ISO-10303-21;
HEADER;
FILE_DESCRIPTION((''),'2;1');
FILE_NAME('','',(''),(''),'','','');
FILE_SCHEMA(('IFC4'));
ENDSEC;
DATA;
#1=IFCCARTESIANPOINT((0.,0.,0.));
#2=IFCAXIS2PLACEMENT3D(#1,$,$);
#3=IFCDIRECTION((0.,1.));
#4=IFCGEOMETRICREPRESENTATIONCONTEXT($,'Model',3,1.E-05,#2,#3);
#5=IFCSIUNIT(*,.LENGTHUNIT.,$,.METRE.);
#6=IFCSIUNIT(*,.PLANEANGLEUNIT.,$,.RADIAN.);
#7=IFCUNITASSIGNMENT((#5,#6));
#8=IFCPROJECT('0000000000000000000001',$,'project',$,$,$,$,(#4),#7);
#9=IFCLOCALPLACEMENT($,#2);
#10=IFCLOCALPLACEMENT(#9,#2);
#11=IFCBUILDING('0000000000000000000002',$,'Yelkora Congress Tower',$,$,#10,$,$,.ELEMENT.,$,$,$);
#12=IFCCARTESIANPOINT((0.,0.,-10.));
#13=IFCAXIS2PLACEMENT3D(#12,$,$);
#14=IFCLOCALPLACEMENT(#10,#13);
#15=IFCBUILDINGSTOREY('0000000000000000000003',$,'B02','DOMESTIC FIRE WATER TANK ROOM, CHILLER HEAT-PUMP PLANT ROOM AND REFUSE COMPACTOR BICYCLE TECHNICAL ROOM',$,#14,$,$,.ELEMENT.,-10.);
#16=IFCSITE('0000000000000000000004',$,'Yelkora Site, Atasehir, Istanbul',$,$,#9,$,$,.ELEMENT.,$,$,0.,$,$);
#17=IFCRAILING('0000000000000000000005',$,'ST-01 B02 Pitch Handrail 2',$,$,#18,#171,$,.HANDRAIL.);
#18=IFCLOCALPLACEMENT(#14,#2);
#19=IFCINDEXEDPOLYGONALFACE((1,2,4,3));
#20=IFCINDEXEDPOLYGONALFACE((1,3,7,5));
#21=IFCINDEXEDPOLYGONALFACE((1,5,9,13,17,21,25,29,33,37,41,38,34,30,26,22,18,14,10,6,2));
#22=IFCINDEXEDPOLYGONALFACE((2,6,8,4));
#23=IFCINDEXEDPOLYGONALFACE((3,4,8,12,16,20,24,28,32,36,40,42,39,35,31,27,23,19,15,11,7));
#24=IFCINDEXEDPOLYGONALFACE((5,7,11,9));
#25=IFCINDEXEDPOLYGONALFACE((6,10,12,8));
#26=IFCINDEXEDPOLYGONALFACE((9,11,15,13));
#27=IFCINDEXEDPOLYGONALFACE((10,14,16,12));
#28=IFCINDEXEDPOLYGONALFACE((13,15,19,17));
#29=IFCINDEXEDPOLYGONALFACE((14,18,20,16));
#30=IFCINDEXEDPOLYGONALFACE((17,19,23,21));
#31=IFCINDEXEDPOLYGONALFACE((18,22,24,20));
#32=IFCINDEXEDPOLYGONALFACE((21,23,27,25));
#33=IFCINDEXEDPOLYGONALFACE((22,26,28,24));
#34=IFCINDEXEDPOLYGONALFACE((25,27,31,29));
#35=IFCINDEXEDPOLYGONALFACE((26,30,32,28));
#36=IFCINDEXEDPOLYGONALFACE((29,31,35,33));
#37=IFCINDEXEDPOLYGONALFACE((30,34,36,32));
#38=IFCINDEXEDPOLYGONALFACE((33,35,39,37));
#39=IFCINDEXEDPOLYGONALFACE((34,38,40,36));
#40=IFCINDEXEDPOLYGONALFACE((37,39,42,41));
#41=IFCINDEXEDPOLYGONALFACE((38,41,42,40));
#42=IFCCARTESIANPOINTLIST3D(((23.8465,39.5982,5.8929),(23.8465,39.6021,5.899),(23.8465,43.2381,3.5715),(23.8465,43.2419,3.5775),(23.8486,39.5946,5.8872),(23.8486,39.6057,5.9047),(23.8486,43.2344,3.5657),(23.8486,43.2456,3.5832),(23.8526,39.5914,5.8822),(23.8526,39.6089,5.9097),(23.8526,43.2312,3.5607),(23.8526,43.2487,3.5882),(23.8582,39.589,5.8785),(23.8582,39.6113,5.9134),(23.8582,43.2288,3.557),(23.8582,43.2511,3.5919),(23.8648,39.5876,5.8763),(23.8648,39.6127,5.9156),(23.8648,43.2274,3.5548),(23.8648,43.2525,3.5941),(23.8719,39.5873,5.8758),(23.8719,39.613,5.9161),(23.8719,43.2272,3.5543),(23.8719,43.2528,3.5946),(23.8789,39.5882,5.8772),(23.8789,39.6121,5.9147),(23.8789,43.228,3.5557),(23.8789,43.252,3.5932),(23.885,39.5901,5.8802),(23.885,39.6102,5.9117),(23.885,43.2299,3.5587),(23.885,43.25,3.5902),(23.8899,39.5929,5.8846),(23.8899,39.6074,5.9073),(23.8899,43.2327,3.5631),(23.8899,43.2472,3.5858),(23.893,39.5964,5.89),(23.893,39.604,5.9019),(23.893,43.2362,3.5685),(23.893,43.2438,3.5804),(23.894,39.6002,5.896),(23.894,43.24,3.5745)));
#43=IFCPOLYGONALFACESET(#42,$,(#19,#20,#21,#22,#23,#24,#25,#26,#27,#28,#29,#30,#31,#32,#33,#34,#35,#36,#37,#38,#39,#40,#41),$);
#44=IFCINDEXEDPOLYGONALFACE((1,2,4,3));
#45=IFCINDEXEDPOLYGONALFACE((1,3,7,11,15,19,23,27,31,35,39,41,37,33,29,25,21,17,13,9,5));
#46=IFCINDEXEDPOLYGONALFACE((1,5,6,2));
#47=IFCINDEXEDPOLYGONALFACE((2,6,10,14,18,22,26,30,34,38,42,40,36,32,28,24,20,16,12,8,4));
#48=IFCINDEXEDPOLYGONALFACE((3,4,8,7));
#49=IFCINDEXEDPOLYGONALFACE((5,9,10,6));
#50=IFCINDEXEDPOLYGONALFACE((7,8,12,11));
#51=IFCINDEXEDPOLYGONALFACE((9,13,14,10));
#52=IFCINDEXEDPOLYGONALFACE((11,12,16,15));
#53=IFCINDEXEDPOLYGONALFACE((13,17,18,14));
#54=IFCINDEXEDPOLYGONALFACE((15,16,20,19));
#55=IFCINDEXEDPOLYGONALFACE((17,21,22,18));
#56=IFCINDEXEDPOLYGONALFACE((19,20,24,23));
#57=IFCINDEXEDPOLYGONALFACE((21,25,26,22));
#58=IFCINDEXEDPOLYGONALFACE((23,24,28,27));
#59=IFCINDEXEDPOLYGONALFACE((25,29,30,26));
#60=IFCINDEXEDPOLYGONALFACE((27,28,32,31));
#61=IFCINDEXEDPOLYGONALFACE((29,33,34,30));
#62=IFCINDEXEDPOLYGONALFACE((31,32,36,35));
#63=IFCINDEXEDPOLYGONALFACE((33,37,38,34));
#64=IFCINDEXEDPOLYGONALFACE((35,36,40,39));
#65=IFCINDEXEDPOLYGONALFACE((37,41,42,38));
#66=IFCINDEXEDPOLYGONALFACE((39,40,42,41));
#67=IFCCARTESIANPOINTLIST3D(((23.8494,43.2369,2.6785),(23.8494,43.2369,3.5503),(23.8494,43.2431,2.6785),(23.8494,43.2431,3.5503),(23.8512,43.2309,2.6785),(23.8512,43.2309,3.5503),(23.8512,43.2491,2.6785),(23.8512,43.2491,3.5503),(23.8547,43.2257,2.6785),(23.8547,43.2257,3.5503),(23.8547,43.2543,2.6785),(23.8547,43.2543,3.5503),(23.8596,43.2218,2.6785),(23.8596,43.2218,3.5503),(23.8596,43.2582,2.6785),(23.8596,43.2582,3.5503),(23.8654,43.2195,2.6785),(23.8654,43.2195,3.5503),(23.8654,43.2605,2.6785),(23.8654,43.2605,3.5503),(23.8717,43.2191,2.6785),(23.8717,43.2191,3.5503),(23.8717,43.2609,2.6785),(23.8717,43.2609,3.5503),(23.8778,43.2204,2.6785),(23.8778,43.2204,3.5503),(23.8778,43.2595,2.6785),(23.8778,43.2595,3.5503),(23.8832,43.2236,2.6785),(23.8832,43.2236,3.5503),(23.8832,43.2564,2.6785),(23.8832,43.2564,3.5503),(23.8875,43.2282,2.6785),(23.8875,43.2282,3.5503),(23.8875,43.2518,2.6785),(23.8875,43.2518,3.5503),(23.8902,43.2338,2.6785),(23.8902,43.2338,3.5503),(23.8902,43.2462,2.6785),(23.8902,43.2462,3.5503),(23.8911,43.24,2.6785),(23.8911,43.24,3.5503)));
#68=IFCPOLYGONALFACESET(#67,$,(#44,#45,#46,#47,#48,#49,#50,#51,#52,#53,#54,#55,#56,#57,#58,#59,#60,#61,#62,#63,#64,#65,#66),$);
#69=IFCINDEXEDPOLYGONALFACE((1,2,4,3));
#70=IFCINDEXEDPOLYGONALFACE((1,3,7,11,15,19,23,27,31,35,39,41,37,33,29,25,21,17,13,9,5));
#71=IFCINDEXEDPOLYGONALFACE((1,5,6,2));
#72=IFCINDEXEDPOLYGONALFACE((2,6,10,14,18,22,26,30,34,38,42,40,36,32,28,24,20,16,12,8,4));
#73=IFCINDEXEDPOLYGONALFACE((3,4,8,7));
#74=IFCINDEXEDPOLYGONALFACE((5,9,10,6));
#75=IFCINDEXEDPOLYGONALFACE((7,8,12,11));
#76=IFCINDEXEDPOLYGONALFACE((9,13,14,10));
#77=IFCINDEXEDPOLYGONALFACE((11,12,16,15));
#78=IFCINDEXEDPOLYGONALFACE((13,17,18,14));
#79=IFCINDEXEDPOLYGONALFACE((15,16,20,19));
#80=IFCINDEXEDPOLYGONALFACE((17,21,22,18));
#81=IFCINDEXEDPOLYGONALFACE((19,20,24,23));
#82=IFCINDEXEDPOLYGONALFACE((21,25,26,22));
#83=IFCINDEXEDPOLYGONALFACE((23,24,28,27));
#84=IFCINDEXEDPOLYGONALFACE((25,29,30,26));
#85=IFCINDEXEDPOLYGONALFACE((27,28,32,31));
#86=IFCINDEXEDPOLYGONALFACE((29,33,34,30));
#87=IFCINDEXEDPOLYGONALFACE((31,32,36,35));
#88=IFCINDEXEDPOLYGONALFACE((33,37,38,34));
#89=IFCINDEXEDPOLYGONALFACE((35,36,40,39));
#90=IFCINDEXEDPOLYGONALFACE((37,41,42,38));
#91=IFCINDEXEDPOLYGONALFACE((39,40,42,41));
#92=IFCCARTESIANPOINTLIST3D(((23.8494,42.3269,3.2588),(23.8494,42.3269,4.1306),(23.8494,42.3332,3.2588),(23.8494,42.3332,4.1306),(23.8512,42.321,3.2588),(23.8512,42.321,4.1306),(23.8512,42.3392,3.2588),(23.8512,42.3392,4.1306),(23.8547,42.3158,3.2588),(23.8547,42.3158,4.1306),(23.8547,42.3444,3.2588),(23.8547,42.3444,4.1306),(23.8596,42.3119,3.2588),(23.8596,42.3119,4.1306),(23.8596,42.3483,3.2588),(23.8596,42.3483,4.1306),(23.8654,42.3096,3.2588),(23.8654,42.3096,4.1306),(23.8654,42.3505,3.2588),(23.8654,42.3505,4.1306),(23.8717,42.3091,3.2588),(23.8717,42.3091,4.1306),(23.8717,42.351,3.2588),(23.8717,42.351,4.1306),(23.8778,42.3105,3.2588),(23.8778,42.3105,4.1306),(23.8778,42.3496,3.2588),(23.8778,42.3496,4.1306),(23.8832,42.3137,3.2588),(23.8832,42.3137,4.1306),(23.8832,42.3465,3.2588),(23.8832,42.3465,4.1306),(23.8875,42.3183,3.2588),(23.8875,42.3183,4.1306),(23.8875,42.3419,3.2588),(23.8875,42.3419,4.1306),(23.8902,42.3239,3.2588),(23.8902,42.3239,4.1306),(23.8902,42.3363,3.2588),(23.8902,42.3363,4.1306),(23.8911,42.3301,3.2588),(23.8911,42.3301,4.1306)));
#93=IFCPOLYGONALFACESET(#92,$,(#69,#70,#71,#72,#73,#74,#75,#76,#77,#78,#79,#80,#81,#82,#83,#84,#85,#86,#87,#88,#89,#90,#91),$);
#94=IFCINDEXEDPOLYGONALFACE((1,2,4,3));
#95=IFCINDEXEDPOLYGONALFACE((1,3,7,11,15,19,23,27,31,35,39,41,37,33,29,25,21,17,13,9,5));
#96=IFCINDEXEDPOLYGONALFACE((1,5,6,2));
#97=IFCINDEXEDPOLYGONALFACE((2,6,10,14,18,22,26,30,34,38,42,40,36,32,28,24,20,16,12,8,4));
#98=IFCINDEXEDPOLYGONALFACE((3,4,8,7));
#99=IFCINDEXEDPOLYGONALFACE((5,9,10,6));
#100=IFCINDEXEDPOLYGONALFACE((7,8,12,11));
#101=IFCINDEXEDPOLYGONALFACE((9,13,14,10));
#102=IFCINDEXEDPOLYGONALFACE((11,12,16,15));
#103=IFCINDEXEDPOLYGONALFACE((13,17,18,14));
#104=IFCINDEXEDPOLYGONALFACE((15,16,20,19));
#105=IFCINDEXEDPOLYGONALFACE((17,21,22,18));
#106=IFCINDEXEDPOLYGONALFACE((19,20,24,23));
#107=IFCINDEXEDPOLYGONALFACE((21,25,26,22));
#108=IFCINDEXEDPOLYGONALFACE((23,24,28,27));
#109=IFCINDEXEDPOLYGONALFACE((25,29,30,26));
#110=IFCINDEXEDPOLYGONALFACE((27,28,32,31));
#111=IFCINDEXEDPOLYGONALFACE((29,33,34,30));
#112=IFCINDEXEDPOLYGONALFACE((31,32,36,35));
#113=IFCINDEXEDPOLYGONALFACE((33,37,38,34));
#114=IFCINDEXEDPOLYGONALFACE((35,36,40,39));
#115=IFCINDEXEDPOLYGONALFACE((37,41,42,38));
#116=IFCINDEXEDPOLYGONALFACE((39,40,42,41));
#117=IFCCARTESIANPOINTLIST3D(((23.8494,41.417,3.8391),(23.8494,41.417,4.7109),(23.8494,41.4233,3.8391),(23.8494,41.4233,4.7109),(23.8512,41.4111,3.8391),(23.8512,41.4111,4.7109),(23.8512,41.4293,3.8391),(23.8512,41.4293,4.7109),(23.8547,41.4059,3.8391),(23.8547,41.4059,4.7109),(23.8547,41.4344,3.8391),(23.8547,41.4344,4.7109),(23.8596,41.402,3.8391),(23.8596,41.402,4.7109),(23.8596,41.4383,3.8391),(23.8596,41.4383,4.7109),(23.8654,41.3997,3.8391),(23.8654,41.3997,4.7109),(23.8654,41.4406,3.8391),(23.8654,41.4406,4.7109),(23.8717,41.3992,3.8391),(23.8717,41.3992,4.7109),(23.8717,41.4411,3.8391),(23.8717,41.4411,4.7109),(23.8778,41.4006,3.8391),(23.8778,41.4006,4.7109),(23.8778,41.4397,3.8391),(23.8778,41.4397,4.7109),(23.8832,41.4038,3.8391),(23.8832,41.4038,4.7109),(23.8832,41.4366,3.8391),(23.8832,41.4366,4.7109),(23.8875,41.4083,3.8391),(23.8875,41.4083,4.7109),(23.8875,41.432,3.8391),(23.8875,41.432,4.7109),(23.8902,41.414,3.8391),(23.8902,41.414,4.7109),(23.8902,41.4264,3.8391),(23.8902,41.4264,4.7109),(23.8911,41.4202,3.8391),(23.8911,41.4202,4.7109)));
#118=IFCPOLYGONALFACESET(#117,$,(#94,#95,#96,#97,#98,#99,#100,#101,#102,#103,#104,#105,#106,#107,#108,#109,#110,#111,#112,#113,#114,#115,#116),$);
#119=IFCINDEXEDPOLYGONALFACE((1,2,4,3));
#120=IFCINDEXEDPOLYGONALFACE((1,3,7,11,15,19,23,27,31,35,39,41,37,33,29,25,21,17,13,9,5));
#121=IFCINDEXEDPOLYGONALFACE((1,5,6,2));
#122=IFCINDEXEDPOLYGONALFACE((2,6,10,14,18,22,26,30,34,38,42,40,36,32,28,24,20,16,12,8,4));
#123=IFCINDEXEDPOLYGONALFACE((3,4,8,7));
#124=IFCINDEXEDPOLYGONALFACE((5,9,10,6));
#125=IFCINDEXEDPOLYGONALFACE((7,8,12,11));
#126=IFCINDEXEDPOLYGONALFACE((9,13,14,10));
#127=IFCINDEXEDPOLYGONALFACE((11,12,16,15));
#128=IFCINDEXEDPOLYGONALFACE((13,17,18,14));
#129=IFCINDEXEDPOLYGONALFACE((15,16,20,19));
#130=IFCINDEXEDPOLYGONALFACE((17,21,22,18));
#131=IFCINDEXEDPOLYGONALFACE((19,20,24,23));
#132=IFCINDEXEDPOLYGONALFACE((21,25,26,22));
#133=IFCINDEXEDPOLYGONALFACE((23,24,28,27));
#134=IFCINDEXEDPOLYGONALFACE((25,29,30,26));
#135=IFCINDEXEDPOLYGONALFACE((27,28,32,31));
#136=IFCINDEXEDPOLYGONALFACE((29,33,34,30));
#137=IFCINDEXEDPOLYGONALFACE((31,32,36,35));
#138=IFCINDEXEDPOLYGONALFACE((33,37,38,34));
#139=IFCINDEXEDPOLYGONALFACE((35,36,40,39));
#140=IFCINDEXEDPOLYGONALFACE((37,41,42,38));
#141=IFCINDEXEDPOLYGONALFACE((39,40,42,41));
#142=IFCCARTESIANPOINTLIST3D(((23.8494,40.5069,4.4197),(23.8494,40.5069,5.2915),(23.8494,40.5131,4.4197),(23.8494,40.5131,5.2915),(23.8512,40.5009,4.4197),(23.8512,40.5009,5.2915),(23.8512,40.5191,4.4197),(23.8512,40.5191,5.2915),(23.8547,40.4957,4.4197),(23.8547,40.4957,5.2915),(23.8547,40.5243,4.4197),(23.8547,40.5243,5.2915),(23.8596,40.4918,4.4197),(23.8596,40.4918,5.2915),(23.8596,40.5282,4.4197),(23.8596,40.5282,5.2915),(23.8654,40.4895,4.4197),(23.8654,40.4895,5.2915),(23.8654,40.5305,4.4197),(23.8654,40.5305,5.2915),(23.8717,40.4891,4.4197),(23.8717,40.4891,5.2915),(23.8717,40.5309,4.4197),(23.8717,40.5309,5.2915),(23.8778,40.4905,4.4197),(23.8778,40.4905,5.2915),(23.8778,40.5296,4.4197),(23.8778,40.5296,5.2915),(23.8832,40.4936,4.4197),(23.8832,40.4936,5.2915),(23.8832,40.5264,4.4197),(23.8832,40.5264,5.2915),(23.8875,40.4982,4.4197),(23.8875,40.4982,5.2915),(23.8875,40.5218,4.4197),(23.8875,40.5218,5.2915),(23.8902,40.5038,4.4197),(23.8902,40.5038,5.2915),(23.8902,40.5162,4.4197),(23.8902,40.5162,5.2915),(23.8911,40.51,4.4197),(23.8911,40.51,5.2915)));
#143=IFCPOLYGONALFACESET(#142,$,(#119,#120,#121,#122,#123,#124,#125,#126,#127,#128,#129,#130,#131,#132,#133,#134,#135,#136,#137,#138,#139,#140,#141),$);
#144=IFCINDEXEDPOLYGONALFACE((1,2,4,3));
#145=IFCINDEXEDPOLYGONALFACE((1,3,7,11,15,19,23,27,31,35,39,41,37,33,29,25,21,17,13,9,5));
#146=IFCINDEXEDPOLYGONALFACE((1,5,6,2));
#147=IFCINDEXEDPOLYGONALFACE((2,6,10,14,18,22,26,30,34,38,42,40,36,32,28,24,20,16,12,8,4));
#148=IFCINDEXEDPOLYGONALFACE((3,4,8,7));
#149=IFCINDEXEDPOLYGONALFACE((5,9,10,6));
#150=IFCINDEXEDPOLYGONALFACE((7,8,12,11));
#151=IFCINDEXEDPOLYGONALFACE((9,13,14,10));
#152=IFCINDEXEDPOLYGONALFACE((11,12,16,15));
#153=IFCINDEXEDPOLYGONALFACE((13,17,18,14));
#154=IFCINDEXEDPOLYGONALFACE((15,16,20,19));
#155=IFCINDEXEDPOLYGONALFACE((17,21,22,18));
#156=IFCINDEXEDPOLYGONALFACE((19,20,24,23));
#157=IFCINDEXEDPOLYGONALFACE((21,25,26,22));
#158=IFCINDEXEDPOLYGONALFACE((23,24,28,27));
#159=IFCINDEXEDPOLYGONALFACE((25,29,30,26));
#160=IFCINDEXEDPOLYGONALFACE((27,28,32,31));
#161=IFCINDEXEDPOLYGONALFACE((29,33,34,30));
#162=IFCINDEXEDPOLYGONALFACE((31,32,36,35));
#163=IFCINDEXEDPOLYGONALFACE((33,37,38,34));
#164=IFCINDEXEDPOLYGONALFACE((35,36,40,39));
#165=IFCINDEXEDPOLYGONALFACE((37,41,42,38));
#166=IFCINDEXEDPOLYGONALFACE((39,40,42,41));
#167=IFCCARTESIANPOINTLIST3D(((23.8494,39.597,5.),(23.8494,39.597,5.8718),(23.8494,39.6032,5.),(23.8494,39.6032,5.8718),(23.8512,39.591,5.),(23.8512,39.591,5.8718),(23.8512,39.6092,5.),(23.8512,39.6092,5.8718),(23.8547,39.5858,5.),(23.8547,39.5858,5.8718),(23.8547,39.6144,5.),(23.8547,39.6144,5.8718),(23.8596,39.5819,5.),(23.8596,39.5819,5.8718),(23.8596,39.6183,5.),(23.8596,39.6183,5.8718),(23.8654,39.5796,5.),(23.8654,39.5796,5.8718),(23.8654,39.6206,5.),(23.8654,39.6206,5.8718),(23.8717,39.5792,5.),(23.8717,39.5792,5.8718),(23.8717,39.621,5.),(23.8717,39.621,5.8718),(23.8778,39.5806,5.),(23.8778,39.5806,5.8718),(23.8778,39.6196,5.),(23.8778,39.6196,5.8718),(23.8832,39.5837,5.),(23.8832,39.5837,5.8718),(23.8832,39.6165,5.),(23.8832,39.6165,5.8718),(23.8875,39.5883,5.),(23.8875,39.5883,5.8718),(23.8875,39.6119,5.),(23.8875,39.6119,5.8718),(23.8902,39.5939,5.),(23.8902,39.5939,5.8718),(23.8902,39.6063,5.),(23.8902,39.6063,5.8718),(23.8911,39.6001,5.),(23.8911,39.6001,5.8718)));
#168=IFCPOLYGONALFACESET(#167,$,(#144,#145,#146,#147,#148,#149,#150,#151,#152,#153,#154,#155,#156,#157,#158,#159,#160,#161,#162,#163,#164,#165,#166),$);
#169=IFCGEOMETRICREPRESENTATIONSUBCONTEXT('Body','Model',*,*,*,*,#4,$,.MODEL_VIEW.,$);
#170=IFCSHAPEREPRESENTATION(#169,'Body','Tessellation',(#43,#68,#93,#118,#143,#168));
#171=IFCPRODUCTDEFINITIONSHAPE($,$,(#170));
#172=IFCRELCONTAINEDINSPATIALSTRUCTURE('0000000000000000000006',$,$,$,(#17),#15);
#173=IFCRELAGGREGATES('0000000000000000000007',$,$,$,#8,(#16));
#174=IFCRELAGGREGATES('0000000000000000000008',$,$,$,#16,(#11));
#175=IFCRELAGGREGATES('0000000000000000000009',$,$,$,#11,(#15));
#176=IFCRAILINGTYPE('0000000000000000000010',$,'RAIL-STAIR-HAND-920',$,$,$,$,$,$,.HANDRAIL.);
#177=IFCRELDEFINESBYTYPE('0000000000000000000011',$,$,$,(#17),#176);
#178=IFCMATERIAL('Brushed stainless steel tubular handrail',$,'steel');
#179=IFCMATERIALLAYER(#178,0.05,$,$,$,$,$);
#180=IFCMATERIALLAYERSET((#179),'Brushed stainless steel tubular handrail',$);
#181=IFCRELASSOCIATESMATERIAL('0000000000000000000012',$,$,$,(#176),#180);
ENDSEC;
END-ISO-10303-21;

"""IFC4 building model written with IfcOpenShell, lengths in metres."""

from ifc_helpers import new_model, si_unit, direction, frame, origin, origin_2d, place, context, subcontext, project, spatial, circle, extrude, material, layer, layer_set, type_object, element, save


model = new_model("IFC4")

# Units and contexts
model_context = context("Model", 3, precision=1e-05, world=origin(), true_north=direction((0.0, 1.0)))
body_context = subcontext(model_context, "Body", "Model", "MODEL_VIEW")
ifc_project = project(units=[si_unit("LENGTHUNIT", "METRE"), si_unit("PLANEANGLEUNIT", "RADIAN")], contexts=[model_context])

# Site, building, storey
site_placement = place(None, origin())
site = spatial("IfcSite", under=ifc_project, at=site_placement, Name="Yelkora Site, Atasehir, Istanbul", CompositionType="ELEMENT", RefElevation=0.0)
building_placement = place(site_placement, origin())
building = spatial("IfcBuilding", under=site, at=building_placement, Name="Yelkora Congress Tower", CompositionType="ELEMENT")
storey_placement = place(building_placement, frame((0.0, 0.0, -10.0)))
storey = spatial("IfcBuildingStorey", under=building, at=storey_placement, Name="B02", Description="DOMESTIC FIRE WATER TANK ROOM, CHILLER HEAT-PUMP PLANT ROOM AND REFUSE COMPACTOR BICYCLE TECHNICAL ROOM", CompositionType="ELEMENT", Elevation=-10.0)

# Railing
ifc_material_1 = material(Name="Brushed stainless steel tubular handrail", Category="steel")
ifc_layer_1 = layer(ifc_material_1, 0.05)
ifc_layer_set_1 = layer_set([ifc_layer_1], Name="Brushed stainless steel tubular handrail")
railing_type_1 = type_object("IfcRailingType", Name="RAIL-STAIR-HAND-920", PredefinedType="HANDRAIL", material=ifc_layer_set_1)
railing_1_placement = place(storey_placement, frame((23.8701, 43.24, 2.6785)))
element("IfcRailing", 1, at=railing_1_placement, inside=storey, type_object=railing_type_1, Name="ST-01 B02 Pitch Handrail 2", PredefinedType="HANDRAIL", context=body_context, shape_type="SweptSolid", body=[
    extrude(circle(Radius=0.0239, at=origin_2d()), frame((0.0, 0.0, 0.896), z_axis=(0.0, -0.843112, 0.537739), x_axis=(1.0, 0.0, 0.0)), (0.0, 0.0, 1.0), 4.3171),
    extrude(circle(Radius=0.021, at=origin_2d()), origin(), (0.0, 0.0, 1.0), 0.8718),
    extrude(circle(Radius=0.021, at=origin_2d()), frame((0.0, -0.9099, 0.5803)), (0.0, 0.0, 1.0), 0.8718),
    extrude(circle(Radius=0.021, at=origin_2d()), frame((0.0, -1.8198, 1.1606)), (0.0, 0.0, 1.0), 0.8718),
    extrude(circle(Radius=0.021, at=origin_2d()), frame((0.0, -2.73, 1.7412)), (0.0, 0.0, 1.0), 0.8718),
    extrude(circle(Radius=0.021, at=origin_2d()), frame((0.0, -3.6399, 2.3215)), (0.0, 0.0, 1.0), 0.8718),
])

save(model, "model.ifc")
